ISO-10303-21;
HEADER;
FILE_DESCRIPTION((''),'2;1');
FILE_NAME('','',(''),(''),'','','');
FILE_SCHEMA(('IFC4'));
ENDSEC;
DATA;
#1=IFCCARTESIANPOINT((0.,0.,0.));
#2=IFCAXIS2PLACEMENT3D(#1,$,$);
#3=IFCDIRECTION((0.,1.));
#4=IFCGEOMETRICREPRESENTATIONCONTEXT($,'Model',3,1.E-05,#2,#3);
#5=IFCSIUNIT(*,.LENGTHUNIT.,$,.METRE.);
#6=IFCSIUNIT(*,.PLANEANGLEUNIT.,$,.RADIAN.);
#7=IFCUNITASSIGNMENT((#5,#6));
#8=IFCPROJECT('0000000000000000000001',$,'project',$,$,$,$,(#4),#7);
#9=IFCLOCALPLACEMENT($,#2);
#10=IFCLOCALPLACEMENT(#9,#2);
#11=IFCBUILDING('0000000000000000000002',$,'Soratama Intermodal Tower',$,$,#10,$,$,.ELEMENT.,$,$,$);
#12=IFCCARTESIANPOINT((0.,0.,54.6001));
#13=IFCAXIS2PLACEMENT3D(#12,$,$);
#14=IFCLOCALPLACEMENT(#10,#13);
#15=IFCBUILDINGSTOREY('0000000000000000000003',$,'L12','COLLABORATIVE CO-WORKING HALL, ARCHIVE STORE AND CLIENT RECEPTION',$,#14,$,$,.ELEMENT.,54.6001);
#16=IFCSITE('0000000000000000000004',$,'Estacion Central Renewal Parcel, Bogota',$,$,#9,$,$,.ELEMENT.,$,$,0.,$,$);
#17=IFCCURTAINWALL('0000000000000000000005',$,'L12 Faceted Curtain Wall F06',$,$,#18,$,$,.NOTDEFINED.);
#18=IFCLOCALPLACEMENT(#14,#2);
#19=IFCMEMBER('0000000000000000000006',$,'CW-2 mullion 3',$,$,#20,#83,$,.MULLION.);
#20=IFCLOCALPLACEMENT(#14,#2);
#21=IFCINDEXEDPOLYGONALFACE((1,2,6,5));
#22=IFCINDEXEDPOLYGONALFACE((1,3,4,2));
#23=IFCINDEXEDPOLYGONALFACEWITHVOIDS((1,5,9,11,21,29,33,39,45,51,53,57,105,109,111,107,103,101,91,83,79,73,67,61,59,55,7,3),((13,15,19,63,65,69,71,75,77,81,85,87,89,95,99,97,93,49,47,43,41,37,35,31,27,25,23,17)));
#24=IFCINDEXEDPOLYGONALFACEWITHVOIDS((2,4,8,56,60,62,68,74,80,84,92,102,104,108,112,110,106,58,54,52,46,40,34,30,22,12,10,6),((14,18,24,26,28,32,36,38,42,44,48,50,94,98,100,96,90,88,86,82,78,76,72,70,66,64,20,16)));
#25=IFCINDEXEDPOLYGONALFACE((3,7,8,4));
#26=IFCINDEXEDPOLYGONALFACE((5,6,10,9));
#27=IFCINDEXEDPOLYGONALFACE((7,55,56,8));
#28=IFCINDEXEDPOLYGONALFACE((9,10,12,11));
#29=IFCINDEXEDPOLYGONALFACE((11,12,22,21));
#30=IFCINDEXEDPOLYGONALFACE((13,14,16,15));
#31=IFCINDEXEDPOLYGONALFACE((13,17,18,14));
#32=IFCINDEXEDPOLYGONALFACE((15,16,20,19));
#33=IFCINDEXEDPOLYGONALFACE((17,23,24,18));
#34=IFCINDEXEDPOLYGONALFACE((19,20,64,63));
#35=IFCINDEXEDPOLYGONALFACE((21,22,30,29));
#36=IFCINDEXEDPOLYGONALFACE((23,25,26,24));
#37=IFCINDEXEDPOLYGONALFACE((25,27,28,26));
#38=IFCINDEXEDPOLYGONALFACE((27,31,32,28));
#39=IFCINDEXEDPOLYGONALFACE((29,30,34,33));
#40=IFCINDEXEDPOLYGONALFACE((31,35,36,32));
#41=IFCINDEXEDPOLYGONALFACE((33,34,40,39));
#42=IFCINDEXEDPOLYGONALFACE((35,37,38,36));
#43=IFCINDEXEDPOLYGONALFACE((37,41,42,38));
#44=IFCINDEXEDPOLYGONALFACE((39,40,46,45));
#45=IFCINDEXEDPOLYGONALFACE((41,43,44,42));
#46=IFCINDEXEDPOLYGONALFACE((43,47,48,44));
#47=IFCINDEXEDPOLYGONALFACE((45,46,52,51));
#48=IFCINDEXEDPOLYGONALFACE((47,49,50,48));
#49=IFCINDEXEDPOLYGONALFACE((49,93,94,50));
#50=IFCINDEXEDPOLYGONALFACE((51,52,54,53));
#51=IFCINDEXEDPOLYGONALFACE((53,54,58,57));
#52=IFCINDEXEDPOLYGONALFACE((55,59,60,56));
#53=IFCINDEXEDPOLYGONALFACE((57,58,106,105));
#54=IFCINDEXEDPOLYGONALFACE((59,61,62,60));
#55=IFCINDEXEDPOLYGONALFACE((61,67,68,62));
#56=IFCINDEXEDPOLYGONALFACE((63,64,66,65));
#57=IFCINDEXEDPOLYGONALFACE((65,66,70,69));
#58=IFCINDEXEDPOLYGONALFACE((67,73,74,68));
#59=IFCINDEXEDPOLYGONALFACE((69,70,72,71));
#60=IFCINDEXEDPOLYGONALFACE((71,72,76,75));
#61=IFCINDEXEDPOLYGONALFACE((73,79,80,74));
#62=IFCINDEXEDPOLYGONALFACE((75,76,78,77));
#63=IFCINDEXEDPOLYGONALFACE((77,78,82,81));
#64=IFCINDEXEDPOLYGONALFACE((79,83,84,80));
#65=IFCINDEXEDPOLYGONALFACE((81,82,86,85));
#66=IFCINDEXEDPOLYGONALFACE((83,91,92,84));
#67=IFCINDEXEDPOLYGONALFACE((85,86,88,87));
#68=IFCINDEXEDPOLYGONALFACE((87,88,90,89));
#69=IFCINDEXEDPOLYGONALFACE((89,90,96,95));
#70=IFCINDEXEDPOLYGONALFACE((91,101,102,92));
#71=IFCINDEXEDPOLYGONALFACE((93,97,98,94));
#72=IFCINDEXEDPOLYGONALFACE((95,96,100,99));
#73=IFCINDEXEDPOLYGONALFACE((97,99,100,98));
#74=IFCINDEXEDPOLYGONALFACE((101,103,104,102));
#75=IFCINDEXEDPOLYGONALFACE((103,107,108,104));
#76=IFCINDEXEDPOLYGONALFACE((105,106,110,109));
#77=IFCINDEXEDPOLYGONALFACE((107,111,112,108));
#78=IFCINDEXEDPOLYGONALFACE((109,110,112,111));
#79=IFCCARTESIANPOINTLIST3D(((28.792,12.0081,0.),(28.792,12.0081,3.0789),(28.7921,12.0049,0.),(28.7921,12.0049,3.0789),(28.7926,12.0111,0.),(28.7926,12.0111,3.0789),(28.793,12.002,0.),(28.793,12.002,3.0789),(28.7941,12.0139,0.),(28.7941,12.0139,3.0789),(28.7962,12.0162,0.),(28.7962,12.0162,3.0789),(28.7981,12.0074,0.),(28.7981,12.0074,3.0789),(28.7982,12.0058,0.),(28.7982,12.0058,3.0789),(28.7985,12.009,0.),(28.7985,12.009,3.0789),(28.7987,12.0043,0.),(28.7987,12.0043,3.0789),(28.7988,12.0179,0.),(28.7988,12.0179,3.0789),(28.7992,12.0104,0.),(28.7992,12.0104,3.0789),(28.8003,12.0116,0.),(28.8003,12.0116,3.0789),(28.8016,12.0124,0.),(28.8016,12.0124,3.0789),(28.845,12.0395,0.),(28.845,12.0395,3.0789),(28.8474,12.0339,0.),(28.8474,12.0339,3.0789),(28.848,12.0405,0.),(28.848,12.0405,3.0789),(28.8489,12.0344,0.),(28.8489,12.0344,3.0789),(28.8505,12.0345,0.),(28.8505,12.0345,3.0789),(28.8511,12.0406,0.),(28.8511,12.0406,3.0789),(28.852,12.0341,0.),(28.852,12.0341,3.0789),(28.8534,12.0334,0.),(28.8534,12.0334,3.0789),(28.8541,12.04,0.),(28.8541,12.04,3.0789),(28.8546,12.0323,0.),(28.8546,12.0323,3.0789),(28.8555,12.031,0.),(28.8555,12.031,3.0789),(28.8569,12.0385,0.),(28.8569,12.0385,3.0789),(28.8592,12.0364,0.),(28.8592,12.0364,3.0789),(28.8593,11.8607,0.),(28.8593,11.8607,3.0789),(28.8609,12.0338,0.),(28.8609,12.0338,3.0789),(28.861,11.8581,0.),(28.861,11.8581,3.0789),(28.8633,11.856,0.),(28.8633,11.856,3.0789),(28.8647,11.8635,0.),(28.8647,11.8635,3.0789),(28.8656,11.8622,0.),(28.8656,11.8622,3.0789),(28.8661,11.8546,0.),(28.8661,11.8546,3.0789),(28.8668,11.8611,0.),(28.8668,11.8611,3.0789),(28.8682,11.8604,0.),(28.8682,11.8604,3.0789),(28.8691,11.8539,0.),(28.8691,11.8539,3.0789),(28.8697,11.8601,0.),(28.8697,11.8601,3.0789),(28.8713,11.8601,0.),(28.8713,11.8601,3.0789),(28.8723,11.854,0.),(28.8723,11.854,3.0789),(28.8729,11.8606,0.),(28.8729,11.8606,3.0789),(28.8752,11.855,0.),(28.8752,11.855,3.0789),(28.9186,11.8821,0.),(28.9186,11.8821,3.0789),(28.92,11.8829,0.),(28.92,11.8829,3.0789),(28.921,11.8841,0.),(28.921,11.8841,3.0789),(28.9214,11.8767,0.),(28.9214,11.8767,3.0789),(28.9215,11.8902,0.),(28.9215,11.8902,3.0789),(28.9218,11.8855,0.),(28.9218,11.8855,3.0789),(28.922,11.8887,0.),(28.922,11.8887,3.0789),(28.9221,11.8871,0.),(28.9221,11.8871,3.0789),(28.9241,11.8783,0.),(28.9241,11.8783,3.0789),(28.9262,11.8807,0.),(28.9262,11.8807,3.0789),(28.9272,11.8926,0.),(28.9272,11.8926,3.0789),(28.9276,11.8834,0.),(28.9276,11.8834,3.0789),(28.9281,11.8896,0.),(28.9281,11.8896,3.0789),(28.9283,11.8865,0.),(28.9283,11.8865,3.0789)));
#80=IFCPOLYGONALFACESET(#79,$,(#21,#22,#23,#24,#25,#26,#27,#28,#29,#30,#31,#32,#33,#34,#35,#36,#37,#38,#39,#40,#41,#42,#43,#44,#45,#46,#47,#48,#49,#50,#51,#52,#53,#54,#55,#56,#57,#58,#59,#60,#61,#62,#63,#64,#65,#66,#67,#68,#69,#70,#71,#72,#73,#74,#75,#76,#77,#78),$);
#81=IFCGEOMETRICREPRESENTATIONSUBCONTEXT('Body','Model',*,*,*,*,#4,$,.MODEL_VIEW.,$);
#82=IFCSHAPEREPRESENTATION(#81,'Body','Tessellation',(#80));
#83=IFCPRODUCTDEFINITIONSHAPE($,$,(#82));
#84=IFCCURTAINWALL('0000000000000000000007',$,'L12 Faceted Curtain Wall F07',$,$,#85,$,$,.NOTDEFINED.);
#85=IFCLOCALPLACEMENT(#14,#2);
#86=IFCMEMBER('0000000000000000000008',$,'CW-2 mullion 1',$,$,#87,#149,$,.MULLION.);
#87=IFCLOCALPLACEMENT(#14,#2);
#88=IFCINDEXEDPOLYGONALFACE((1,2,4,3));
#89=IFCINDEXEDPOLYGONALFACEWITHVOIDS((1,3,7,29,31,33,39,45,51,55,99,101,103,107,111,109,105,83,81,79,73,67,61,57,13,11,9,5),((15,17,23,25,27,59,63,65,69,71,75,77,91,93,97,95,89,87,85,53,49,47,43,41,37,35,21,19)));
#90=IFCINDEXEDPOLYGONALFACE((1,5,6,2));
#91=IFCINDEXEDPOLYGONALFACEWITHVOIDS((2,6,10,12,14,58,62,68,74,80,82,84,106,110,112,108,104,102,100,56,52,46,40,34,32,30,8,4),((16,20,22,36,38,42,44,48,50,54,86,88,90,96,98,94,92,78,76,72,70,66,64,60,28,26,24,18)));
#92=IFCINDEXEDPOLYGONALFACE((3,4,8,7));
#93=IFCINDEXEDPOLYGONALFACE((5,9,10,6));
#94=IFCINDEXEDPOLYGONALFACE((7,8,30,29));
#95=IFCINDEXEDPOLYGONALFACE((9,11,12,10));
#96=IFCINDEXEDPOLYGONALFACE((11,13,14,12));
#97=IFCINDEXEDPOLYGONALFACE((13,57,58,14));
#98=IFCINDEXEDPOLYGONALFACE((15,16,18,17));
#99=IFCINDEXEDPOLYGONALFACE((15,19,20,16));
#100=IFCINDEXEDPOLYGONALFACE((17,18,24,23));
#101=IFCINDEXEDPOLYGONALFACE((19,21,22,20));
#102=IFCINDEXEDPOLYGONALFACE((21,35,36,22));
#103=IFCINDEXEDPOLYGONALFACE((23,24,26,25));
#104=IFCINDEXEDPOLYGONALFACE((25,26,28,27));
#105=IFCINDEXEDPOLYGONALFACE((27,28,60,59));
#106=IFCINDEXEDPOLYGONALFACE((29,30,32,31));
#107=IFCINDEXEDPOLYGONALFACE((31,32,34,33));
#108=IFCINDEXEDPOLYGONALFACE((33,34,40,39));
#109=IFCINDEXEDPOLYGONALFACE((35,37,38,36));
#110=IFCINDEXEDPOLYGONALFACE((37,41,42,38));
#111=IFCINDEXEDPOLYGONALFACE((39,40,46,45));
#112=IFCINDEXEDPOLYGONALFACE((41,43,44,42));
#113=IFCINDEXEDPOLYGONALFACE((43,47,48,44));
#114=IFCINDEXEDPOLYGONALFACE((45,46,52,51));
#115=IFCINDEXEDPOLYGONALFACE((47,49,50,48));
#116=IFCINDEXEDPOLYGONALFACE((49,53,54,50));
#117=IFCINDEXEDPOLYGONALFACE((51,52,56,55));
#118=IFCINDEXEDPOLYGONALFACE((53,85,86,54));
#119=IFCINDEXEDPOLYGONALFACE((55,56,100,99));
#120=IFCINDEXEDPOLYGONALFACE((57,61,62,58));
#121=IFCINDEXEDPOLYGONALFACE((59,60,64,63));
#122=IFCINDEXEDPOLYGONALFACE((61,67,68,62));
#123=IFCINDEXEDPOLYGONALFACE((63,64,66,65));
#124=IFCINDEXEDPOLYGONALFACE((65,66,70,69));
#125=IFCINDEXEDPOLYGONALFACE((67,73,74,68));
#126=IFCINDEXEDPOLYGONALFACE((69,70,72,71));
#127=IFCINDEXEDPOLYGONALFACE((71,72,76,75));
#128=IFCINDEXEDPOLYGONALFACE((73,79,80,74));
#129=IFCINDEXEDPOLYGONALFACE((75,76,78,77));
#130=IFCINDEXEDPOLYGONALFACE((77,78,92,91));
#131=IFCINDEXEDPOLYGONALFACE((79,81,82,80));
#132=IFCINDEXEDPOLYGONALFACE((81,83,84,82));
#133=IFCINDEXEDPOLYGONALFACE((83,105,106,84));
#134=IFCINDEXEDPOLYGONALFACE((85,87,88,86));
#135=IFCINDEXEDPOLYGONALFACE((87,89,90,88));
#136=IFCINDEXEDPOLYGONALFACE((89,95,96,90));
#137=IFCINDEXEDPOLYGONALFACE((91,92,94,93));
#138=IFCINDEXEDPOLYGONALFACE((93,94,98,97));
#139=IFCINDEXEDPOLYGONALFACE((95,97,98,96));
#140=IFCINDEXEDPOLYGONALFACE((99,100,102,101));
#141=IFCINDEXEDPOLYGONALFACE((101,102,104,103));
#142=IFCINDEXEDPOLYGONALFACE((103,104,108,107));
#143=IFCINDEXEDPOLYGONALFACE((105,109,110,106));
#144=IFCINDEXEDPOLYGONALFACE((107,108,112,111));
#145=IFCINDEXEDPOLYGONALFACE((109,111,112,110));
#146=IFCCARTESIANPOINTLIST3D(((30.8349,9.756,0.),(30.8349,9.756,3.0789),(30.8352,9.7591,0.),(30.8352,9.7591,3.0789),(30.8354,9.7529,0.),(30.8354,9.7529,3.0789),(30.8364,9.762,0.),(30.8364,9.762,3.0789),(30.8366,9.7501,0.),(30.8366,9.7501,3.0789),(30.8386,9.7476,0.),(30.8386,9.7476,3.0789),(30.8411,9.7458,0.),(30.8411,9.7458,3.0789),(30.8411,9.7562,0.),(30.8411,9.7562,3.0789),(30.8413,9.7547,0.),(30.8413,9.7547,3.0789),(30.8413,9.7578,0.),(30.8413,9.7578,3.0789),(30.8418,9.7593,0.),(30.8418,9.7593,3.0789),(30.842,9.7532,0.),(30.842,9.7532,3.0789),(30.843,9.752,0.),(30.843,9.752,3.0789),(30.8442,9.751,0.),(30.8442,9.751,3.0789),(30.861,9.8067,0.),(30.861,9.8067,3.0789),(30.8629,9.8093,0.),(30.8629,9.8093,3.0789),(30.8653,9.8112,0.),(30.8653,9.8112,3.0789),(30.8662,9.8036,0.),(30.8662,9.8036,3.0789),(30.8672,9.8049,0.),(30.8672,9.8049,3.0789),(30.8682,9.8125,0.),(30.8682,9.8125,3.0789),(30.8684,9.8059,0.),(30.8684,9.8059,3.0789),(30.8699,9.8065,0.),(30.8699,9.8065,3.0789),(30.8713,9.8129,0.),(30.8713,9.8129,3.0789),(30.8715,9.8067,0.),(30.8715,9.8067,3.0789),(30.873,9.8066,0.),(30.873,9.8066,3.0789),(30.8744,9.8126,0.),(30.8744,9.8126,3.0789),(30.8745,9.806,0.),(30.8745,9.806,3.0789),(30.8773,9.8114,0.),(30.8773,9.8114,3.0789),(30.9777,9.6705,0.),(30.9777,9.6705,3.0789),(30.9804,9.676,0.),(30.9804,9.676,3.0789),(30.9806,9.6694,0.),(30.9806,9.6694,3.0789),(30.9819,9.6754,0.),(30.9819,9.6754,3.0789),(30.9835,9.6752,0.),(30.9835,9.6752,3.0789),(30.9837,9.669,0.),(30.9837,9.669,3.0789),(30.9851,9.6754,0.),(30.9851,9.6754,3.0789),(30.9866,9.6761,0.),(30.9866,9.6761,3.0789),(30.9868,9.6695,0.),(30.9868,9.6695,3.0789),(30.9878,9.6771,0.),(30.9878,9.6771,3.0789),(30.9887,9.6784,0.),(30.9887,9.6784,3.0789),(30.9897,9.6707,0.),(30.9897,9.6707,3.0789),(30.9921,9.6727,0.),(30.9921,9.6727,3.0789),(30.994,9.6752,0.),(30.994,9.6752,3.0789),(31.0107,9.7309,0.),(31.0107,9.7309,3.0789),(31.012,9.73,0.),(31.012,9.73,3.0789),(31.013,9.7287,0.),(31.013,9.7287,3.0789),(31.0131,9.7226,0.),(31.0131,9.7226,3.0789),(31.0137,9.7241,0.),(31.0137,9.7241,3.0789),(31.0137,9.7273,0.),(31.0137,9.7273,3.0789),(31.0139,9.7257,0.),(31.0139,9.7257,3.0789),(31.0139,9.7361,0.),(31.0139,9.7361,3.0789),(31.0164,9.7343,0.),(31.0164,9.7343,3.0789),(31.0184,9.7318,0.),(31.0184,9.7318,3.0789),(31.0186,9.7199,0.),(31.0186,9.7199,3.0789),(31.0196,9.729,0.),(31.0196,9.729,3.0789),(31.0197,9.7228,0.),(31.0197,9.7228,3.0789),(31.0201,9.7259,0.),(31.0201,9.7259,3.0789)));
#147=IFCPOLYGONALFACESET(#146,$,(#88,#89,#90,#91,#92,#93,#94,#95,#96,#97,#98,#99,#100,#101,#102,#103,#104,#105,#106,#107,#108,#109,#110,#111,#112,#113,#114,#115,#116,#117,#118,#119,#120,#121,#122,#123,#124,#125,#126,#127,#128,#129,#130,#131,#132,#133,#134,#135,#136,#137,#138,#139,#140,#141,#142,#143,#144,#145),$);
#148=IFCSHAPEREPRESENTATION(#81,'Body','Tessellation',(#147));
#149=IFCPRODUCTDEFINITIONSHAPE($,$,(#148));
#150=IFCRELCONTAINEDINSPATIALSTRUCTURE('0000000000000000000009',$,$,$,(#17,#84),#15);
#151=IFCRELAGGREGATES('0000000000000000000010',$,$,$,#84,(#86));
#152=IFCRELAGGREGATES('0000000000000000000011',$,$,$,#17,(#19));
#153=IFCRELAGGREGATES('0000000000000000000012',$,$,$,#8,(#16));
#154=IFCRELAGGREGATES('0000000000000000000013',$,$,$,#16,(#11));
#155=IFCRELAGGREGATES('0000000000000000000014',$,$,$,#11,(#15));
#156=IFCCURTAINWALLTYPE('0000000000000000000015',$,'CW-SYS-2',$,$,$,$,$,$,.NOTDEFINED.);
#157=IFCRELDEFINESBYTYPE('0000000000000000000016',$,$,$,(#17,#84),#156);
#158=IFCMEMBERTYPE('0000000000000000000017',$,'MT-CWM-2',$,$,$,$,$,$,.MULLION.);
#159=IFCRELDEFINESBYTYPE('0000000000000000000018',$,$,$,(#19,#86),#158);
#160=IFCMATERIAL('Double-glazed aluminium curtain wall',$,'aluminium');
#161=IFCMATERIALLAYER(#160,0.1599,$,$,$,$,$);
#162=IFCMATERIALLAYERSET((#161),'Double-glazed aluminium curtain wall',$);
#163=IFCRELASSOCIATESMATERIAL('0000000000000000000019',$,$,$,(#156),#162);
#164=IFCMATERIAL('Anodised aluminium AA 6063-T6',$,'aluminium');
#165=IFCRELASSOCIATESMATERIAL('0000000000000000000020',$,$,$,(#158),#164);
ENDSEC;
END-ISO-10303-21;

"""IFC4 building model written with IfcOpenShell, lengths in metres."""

from ifc_helpers import new_model, si_unit, direction, frame, origin, origin_2d, place, context, subcontext, project, spatial, hollow_rectangle, extrude, material, layer, layer_set, material_profile, profile_set, type_object, element, aggregate, save


model = new_model("IFC4")

# Units and contexts
model_context = context("Model", 3, precision=1e-05, world=origin(), true_north=direction((0.0, 1.0)))
body_context = subcontext(model_context, "Body", "Model", "MODEL_VIEW")
ifc_project = project(units=[si_unit("LENGTHUNIT", "METRE"), si_unit("PLANEANGLEUNIT", "RADIAN")], contexts=[model_context])

# Site, building, storey
site_placement = place(None, origin())
site = spatial("IfcSite", under=ifc_project, at=site_placement, Name="Estacion Central Renewal Parcel, Bogota", CompositionType="ELEMENT", RefElevation=0.0)
building_placement = place(site_placement, origin())
building = spatial("IfcBuilding", under=site, at=building_placement, Name="Soratama Intermodal Tower", CompositionType="ELEMENT")
storey_placement = place(building_placement, frame((0.0, 0.0, 54.6001)))
storey = spatial("IfcBuildingStorey", under=building, at=storey_placement, Name="L12", Description="COLLABORATIVE CO-WORKING HALL, ARCHIVE STORE AND CLIENT RECEPTION", CompositionType="ELEMENT", Elevation=54.6001)

# Curtain walls, members
ifc_material_1 = material(Name="Double-glazed aluminium curtain wall", Category="aluminium")
ifc_layer_1 = layer(ifc_material_1, 0.1599)
ifc_layer_set_1 = layer_set([ifc_layer_1], Name="Double-glazed aluminium curtain wall")
curtain_wall_type = type_object("IfcCurtainWallType", Name="CW-SYS-2", PredefinedType="NOTDEFINED", material=ifc_layer_set_1)
curtain_wall_1_placement = place(storey_placement, origin())
curtain_wall_1 = element("IfcCurtainWall", 1, at=curtain_wall_1_placement, inside=storey, type_object=curtain_wall_type, Name="L12 Faceted Curtain Wall F06", PredefinedType="NOTDEFINED")
ifc_material_2 = material(Name="Anodised aluminium AA 6063-T6", Category="aluminium")
ifc_material_profile_1 = material_profile(ifc_material_2, hollow_rectangle(XDim=0.075, YDim=0.1799, WallThickness=0.0061, InnerFilletRadius=0.0061, OuterFilletRadius=0.012, at=origin_2d()), Name="CWM180X75X6")
ifc_profile_set_1 = profile_set([ifc_material_profile_1], Name="Anodised aluminium AA 6063-T6")
member_type_1 = type_object("IfcMemberType", Name="MT-CWM-2", PredefinedType="MULLION", material=ifc_profile_set_1)
member_1_placement = place(storey_placement, frame((28.8601, 11.9473, 0.0), z_axis=(0.0, 0.0, 1.0), x_axis=(0.905274, 0.424829, 0.0)))
member_1 = element("IfcMember", 2, at=member_1_placement, type_object=member_type_1, Name="CW-2 mullion 3", PredefinedType="MULLION", context=body_context, shape_type="SweptSolid", body=[
    extrude(hollow_rectangle(XDim=0.075, YDim=0.1799, WallThickness=0.0061, InnerFilletRadius=0.0061, OuterFilletRadius=0.012, at=origin_2d()), origin(), (0.0, 0.0, 1.0), 3.0789),
])
curtain_wall_2_placement = place(storey_placement, origin())
curtain_wall_2 = element("IfcCurtainWall", 3, at=curtain_wall_2_placement, inside=storey, type_object=curtain_wall_type, Name="L12 Faceted Curtain Wall F07", PredefinedType="NOTDEFINED")
member_2_placement = place(storey_placement, frame((30.9275, 9.741, 0.0), z_axis=(0.0, 0.0, 1.0), x_axis=(0.482678, 0.875798, 0.0)))
member_2 = element("IfcMember", 4, at=member_2_placement, type_object=member_type_1, Name="CW-2 mullion 1", PredefinedType="MULLION", context=body_context, shape_type="SweptSolid", body=[
    extrude(hollow_rectangle(XDim=0.075, YDim=0.1799, WallThickness=0.0061, InnerFilletRadius=0.0061, OuterFilletRadius=0.012, at=origin_2d()), origin(), (0.0, 0.0, 1.0), 3.0789),
])

aggregate(curtain_wall_2, [member_2])

aggregate(curtain_wall_1, [member_1])

save(model, "model.ifc")
